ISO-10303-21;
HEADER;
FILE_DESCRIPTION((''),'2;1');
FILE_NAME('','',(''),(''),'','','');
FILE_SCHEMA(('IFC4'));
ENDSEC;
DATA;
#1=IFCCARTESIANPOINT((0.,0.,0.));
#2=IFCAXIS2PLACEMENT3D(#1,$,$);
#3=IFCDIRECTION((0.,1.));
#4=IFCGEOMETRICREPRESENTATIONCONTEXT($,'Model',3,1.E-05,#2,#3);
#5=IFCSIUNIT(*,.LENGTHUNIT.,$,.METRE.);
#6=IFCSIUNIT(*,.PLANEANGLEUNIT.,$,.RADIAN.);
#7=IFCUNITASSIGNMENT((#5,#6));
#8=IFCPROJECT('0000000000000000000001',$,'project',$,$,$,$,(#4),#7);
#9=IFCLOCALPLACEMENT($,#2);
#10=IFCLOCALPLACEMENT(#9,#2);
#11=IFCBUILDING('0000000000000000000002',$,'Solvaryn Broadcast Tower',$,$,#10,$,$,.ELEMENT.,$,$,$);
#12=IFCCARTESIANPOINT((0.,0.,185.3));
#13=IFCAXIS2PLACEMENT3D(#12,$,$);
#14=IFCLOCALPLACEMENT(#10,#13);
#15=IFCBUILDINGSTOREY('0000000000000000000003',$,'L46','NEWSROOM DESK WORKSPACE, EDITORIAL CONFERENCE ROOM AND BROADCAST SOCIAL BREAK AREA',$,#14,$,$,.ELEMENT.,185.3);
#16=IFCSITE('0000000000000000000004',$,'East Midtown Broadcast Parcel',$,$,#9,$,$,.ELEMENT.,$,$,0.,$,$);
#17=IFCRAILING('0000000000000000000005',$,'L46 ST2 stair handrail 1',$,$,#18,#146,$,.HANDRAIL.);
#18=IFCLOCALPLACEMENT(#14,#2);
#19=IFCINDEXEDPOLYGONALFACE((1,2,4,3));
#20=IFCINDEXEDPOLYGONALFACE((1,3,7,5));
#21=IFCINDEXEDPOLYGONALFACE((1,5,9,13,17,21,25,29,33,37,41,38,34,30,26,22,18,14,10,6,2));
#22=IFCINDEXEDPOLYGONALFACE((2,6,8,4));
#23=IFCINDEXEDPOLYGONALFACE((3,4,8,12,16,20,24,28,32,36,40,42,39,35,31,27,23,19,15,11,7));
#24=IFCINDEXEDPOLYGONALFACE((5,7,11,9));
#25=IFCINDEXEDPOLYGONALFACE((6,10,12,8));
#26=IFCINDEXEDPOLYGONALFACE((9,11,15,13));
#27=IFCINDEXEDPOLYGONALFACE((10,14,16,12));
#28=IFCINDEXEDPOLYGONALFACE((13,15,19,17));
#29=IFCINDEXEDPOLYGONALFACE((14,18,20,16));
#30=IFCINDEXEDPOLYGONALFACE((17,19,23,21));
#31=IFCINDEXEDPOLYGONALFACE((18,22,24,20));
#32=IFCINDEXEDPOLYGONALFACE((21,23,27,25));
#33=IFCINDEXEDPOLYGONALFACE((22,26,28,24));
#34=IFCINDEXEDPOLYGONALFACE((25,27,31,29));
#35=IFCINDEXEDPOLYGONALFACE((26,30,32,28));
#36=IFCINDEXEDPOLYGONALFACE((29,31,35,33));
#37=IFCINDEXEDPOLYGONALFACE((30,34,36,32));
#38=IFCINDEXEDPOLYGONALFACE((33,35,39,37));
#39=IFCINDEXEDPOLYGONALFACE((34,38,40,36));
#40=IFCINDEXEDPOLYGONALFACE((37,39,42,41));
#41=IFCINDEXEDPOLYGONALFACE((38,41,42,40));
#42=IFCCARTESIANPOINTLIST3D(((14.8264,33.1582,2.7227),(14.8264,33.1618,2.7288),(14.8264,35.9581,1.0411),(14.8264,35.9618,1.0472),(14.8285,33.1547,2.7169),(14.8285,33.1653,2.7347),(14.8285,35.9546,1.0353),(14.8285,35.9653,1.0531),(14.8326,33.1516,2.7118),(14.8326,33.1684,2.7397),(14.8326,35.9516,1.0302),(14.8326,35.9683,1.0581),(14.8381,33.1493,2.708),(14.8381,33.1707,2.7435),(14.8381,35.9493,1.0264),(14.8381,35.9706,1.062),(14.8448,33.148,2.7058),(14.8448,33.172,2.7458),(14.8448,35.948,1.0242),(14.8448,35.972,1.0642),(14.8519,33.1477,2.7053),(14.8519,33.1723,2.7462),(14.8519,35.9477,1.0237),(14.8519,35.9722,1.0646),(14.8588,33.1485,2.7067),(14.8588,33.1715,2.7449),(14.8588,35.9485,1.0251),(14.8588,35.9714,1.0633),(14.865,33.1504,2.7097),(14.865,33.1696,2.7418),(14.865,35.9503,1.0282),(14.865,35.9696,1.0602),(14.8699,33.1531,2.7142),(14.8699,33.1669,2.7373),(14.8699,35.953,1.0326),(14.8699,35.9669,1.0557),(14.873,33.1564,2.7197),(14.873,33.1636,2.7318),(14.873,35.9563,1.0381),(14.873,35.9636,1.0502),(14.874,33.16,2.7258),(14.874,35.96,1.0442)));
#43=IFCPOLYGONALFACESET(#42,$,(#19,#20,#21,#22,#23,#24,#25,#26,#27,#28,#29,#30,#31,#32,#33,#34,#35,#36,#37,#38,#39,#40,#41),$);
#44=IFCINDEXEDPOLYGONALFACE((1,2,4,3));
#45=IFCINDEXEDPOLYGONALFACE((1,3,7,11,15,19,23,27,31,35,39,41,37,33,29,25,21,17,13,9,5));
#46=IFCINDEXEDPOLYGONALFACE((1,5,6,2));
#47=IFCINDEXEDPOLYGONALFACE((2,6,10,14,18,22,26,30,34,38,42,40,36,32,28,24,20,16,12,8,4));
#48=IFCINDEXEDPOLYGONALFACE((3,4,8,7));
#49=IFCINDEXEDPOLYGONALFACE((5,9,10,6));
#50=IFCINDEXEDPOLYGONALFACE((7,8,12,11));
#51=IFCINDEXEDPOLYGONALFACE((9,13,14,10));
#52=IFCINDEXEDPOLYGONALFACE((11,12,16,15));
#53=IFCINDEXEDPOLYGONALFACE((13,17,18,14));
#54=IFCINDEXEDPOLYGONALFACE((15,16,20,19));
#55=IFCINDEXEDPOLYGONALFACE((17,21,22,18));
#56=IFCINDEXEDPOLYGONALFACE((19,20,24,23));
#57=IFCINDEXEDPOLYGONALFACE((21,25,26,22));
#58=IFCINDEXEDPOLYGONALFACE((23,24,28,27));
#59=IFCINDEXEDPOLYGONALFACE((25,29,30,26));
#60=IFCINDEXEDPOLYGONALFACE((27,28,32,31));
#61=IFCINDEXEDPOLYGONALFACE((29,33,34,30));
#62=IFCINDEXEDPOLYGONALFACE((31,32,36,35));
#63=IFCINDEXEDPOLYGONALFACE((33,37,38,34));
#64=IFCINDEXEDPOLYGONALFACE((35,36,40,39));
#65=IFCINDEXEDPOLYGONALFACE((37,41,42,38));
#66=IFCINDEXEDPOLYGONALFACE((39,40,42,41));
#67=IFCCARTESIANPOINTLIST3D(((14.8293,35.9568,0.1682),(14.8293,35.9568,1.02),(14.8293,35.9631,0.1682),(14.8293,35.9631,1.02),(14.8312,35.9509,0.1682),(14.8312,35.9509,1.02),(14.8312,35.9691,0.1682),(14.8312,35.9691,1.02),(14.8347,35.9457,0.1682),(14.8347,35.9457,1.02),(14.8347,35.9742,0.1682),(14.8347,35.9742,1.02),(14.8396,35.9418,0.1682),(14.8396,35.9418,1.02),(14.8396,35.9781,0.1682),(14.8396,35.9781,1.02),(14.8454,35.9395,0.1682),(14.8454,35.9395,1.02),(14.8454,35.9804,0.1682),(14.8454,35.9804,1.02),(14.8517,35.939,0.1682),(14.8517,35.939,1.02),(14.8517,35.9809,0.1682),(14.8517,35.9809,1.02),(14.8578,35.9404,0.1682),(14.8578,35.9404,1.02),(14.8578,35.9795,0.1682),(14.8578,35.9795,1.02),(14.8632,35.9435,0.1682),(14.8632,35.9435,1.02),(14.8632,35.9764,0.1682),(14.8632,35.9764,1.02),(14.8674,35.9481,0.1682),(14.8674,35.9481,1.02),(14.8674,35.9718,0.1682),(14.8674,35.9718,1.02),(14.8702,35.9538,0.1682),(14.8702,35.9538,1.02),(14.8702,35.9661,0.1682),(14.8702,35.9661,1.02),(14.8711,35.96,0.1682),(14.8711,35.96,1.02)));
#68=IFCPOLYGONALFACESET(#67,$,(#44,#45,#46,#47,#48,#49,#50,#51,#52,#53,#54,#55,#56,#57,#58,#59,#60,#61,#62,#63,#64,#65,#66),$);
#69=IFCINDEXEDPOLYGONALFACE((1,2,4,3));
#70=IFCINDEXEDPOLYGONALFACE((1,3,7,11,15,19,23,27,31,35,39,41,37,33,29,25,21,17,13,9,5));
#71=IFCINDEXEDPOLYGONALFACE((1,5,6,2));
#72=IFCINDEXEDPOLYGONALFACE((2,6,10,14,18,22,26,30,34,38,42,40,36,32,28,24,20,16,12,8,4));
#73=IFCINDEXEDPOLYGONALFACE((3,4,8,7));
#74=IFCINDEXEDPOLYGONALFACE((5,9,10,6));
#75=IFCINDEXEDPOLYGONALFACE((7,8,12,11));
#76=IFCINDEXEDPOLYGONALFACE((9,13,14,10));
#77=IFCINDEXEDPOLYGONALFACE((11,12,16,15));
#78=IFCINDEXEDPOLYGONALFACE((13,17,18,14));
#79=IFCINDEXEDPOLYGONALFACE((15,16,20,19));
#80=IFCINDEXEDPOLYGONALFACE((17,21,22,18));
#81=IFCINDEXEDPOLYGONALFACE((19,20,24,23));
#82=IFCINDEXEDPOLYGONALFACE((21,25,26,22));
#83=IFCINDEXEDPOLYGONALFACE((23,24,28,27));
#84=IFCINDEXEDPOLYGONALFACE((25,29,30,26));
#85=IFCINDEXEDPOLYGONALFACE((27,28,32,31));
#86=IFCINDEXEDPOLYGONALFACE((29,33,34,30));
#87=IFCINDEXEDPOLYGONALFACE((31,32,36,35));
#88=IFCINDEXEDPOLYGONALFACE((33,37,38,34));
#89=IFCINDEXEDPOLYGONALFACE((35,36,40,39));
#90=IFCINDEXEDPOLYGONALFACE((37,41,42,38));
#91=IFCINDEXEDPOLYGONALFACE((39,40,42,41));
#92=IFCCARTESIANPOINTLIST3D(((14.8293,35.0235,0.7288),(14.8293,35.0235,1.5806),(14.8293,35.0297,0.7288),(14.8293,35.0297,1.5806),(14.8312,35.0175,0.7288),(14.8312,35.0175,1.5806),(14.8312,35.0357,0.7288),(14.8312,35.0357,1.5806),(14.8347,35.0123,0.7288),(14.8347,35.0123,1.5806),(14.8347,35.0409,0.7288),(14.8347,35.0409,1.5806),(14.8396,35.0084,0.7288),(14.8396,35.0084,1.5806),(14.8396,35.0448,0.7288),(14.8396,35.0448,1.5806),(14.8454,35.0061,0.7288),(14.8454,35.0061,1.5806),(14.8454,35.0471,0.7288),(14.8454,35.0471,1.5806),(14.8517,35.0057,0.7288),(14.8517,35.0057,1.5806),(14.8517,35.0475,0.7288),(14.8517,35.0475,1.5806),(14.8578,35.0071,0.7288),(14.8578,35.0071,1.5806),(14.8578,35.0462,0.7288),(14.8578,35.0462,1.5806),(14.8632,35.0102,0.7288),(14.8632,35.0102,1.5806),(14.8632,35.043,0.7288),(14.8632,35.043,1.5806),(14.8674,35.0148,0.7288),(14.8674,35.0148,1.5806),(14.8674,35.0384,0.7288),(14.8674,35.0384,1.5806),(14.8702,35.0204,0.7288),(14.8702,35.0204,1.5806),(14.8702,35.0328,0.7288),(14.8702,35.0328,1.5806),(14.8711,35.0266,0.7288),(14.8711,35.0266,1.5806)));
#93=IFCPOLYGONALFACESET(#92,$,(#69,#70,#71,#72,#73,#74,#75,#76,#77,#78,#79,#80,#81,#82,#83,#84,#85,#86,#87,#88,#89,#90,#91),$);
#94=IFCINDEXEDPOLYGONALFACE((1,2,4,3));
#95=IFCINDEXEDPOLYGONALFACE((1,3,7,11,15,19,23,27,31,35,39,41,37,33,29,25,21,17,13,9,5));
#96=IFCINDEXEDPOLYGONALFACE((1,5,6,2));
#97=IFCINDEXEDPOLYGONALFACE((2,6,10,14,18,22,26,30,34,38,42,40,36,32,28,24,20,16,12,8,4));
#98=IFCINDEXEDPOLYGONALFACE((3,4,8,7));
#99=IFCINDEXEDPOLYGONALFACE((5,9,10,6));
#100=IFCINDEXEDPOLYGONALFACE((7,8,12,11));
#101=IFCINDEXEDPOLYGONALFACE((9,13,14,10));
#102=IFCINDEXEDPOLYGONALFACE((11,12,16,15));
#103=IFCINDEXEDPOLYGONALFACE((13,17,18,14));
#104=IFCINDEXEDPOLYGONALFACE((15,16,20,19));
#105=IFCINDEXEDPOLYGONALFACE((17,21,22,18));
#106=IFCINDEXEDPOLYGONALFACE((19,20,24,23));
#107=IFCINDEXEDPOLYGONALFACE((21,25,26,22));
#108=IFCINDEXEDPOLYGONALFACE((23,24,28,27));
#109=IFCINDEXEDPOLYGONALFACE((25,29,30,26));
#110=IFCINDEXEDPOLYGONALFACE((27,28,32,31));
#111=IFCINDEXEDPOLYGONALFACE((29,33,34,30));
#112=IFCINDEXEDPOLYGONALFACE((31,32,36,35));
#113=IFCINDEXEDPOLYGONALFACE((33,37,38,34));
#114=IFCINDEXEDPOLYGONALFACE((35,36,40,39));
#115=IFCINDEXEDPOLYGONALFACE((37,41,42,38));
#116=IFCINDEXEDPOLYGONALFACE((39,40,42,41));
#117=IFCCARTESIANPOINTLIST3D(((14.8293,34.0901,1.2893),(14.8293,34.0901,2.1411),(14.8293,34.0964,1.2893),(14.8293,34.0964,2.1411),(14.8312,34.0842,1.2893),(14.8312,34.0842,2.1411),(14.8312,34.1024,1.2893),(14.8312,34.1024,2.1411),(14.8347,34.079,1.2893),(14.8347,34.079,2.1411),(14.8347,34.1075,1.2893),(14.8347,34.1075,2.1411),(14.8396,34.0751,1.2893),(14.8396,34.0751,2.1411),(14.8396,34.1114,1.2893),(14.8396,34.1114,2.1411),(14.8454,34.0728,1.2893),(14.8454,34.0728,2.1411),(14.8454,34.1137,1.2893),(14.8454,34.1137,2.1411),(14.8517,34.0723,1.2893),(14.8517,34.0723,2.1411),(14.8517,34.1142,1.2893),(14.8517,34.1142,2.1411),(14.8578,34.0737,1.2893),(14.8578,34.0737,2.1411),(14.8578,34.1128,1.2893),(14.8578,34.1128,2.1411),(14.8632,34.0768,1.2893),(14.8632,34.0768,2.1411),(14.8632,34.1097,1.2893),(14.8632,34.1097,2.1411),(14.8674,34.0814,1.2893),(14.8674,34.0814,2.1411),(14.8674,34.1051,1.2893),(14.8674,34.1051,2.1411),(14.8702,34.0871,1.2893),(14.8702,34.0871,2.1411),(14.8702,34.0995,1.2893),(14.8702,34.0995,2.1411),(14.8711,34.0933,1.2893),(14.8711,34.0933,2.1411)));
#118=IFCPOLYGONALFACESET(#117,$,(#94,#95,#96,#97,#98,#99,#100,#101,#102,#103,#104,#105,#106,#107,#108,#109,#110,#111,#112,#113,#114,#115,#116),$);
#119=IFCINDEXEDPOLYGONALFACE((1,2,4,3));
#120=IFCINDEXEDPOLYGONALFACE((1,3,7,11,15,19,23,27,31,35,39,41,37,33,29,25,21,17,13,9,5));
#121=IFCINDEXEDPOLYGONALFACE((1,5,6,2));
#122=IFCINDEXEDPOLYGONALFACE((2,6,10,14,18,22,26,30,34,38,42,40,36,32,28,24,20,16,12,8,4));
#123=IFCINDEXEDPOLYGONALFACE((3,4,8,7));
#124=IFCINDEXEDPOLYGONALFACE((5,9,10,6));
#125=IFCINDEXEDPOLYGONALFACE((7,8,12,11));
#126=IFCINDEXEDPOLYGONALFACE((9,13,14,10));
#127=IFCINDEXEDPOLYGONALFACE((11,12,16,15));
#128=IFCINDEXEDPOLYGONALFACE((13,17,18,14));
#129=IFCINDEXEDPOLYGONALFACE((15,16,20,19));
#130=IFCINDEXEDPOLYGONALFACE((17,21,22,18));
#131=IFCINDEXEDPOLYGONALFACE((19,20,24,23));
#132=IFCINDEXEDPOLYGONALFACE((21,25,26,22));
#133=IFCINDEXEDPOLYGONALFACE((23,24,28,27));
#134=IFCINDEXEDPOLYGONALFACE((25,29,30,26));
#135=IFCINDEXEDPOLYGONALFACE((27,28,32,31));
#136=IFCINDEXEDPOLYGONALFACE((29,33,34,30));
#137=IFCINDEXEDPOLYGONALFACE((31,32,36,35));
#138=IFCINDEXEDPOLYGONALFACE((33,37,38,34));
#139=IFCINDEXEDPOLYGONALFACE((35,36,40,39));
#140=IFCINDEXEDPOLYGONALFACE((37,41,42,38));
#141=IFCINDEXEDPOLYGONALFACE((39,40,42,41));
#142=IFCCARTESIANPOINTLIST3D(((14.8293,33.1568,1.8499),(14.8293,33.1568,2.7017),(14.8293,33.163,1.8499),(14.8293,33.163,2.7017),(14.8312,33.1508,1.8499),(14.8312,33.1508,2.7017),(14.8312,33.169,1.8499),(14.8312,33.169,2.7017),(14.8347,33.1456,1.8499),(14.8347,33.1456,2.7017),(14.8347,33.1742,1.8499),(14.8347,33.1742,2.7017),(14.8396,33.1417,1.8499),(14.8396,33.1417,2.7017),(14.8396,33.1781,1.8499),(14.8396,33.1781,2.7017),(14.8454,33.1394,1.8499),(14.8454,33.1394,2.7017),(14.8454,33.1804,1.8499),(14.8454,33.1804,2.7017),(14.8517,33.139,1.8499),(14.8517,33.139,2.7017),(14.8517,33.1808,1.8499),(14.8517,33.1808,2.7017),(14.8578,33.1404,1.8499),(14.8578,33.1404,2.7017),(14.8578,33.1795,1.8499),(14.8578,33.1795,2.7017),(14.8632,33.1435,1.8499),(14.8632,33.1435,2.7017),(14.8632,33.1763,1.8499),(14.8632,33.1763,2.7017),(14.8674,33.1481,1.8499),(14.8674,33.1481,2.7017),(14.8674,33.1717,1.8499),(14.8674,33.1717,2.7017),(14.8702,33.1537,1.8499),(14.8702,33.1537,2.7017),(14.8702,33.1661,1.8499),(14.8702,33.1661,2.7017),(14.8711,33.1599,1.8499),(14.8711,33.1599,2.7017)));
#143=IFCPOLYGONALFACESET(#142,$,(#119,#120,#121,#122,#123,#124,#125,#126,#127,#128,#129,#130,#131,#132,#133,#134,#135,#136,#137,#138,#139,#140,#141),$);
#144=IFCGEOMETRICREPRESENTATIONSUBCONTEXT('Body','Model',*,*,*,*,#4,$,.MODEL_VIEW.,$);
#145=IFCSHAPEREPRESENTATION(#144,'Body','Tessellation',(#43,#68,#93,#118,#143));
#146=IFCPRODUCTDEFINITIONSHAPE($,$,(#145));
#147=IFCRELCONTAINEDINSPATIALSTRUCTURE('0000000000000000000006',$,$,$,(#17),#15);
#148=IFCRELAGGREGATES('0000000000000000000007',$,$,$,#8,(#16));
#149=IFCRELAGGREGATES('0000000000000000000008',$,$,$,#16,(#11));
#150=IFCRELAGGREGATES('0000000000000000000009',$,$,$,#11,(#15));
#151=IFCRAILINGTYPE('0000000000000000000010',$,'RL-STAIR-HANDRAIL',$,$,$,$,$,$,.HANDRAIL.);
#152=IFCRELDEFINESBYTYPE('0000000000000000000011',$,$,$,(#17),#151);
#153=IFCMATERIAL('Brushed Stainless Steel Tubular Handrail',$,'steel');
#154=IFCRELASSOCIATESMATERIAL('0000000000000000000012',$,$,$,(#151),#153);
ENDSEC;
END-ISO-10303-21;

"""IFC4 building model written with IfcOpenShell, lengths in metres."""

from ifc_helpers import new_model, si_unit, direction, frame, origin, origin_2d, place, context, subcontext, project, spatial, circle, extrude, material, type_object, element, save


model = new_model("IFC4")

# Units and contexts
model_context = context("Model", 3, precision=1e-05, world=origin(), true_north=direction((0.0, 1.0)))
body_context = subcontext(model_context, "Body", "Model", "MODEL_VIEW")
ifc_project = project(units=[si_unit("LENGTHUNIT", "METRE"), si_unit("PLANEANGLEUNIT", "RADIAN")], contexts=[model_context])

# Site, building, storey
site_placement = place(None, origin())
site = spatial("IfcSite", under=ifc_project, at=site_placement, Name="East Midtown Broadcast Parcel", CompositionType="ELEMENT", RefElevation=0.0)
building_placement = place(site_placement, origin())
building = spatial("IfcBuilding", under=site, at=building_placement, Name="Solvaryn Broadcast Tower", CompositionType="ELEMENT")
storey_placement = place(building_placement, frame((0.0, 0.0, 185.3)))
storey = spatial("IfcBuildingStorey", under=building, at=storey_placement, Name="L46", Description="NEWSROOM DESK WORKSPACE, EDITORIAL CONFERENCE ROOM AND BROADCAST SOCIAL BREAK AREA", CompositionType="ELEMENT", Elevation=185.3)

# Railing
ifc_material_1 = material(Name="Brushed Stainless Steel Tubular Handrail", Category="steel")
railing_type_1 = type_object("IfcRailingType", Name="RL-STAIR-HANDRAIL", PredefinedType="HANDRAIL", material=ifc_material_1)
railing_1_placement = place(storey_placement, frame((14.8501, 35.96, 0.1682)))
element("IfcRailing", 1, at=railing_1_placement, inside=storey, type_object=railing_type_1, Name="L46 ST2 stair handrail 1", PredefinedType="HANDRAIL", context=body_context, shape_type="SweptSolid", body=[
    extrude(circle(Radius=0.0239, at=origin_2d()), frame((0.0, 0.0, 0.876), z_axis=(0.0, -0.857275, 0.514858), x_axis=(1.0, 0.0, 0.0)), (0.0, 0.0, 1.0), 3.2661),
    extrude(circle(Radius=0.021, at=origin_2d()), origin(), (0.0, 0.0, 1.0), 0.8518),
    extrude(circle(Radius=0.021, at=origin_2d()), frame((0.0, -0.9333, 0.5605)), (0.0, 0.0, 1.0), 0.8518),
    extrude(circle(Radius=0.021, at=origin_2d()), frame((0.0, -1.8667, 1.1211)), (0.0, 0.0, 1.0), 0.8518),
    extrude(circle(Radius=0.021, at=origin_2d()), frame((0.0, -2.8, 1.6816)), (0.0, 0.0, 1.0), 0.8518),
])

save(model, "model.ifc")
